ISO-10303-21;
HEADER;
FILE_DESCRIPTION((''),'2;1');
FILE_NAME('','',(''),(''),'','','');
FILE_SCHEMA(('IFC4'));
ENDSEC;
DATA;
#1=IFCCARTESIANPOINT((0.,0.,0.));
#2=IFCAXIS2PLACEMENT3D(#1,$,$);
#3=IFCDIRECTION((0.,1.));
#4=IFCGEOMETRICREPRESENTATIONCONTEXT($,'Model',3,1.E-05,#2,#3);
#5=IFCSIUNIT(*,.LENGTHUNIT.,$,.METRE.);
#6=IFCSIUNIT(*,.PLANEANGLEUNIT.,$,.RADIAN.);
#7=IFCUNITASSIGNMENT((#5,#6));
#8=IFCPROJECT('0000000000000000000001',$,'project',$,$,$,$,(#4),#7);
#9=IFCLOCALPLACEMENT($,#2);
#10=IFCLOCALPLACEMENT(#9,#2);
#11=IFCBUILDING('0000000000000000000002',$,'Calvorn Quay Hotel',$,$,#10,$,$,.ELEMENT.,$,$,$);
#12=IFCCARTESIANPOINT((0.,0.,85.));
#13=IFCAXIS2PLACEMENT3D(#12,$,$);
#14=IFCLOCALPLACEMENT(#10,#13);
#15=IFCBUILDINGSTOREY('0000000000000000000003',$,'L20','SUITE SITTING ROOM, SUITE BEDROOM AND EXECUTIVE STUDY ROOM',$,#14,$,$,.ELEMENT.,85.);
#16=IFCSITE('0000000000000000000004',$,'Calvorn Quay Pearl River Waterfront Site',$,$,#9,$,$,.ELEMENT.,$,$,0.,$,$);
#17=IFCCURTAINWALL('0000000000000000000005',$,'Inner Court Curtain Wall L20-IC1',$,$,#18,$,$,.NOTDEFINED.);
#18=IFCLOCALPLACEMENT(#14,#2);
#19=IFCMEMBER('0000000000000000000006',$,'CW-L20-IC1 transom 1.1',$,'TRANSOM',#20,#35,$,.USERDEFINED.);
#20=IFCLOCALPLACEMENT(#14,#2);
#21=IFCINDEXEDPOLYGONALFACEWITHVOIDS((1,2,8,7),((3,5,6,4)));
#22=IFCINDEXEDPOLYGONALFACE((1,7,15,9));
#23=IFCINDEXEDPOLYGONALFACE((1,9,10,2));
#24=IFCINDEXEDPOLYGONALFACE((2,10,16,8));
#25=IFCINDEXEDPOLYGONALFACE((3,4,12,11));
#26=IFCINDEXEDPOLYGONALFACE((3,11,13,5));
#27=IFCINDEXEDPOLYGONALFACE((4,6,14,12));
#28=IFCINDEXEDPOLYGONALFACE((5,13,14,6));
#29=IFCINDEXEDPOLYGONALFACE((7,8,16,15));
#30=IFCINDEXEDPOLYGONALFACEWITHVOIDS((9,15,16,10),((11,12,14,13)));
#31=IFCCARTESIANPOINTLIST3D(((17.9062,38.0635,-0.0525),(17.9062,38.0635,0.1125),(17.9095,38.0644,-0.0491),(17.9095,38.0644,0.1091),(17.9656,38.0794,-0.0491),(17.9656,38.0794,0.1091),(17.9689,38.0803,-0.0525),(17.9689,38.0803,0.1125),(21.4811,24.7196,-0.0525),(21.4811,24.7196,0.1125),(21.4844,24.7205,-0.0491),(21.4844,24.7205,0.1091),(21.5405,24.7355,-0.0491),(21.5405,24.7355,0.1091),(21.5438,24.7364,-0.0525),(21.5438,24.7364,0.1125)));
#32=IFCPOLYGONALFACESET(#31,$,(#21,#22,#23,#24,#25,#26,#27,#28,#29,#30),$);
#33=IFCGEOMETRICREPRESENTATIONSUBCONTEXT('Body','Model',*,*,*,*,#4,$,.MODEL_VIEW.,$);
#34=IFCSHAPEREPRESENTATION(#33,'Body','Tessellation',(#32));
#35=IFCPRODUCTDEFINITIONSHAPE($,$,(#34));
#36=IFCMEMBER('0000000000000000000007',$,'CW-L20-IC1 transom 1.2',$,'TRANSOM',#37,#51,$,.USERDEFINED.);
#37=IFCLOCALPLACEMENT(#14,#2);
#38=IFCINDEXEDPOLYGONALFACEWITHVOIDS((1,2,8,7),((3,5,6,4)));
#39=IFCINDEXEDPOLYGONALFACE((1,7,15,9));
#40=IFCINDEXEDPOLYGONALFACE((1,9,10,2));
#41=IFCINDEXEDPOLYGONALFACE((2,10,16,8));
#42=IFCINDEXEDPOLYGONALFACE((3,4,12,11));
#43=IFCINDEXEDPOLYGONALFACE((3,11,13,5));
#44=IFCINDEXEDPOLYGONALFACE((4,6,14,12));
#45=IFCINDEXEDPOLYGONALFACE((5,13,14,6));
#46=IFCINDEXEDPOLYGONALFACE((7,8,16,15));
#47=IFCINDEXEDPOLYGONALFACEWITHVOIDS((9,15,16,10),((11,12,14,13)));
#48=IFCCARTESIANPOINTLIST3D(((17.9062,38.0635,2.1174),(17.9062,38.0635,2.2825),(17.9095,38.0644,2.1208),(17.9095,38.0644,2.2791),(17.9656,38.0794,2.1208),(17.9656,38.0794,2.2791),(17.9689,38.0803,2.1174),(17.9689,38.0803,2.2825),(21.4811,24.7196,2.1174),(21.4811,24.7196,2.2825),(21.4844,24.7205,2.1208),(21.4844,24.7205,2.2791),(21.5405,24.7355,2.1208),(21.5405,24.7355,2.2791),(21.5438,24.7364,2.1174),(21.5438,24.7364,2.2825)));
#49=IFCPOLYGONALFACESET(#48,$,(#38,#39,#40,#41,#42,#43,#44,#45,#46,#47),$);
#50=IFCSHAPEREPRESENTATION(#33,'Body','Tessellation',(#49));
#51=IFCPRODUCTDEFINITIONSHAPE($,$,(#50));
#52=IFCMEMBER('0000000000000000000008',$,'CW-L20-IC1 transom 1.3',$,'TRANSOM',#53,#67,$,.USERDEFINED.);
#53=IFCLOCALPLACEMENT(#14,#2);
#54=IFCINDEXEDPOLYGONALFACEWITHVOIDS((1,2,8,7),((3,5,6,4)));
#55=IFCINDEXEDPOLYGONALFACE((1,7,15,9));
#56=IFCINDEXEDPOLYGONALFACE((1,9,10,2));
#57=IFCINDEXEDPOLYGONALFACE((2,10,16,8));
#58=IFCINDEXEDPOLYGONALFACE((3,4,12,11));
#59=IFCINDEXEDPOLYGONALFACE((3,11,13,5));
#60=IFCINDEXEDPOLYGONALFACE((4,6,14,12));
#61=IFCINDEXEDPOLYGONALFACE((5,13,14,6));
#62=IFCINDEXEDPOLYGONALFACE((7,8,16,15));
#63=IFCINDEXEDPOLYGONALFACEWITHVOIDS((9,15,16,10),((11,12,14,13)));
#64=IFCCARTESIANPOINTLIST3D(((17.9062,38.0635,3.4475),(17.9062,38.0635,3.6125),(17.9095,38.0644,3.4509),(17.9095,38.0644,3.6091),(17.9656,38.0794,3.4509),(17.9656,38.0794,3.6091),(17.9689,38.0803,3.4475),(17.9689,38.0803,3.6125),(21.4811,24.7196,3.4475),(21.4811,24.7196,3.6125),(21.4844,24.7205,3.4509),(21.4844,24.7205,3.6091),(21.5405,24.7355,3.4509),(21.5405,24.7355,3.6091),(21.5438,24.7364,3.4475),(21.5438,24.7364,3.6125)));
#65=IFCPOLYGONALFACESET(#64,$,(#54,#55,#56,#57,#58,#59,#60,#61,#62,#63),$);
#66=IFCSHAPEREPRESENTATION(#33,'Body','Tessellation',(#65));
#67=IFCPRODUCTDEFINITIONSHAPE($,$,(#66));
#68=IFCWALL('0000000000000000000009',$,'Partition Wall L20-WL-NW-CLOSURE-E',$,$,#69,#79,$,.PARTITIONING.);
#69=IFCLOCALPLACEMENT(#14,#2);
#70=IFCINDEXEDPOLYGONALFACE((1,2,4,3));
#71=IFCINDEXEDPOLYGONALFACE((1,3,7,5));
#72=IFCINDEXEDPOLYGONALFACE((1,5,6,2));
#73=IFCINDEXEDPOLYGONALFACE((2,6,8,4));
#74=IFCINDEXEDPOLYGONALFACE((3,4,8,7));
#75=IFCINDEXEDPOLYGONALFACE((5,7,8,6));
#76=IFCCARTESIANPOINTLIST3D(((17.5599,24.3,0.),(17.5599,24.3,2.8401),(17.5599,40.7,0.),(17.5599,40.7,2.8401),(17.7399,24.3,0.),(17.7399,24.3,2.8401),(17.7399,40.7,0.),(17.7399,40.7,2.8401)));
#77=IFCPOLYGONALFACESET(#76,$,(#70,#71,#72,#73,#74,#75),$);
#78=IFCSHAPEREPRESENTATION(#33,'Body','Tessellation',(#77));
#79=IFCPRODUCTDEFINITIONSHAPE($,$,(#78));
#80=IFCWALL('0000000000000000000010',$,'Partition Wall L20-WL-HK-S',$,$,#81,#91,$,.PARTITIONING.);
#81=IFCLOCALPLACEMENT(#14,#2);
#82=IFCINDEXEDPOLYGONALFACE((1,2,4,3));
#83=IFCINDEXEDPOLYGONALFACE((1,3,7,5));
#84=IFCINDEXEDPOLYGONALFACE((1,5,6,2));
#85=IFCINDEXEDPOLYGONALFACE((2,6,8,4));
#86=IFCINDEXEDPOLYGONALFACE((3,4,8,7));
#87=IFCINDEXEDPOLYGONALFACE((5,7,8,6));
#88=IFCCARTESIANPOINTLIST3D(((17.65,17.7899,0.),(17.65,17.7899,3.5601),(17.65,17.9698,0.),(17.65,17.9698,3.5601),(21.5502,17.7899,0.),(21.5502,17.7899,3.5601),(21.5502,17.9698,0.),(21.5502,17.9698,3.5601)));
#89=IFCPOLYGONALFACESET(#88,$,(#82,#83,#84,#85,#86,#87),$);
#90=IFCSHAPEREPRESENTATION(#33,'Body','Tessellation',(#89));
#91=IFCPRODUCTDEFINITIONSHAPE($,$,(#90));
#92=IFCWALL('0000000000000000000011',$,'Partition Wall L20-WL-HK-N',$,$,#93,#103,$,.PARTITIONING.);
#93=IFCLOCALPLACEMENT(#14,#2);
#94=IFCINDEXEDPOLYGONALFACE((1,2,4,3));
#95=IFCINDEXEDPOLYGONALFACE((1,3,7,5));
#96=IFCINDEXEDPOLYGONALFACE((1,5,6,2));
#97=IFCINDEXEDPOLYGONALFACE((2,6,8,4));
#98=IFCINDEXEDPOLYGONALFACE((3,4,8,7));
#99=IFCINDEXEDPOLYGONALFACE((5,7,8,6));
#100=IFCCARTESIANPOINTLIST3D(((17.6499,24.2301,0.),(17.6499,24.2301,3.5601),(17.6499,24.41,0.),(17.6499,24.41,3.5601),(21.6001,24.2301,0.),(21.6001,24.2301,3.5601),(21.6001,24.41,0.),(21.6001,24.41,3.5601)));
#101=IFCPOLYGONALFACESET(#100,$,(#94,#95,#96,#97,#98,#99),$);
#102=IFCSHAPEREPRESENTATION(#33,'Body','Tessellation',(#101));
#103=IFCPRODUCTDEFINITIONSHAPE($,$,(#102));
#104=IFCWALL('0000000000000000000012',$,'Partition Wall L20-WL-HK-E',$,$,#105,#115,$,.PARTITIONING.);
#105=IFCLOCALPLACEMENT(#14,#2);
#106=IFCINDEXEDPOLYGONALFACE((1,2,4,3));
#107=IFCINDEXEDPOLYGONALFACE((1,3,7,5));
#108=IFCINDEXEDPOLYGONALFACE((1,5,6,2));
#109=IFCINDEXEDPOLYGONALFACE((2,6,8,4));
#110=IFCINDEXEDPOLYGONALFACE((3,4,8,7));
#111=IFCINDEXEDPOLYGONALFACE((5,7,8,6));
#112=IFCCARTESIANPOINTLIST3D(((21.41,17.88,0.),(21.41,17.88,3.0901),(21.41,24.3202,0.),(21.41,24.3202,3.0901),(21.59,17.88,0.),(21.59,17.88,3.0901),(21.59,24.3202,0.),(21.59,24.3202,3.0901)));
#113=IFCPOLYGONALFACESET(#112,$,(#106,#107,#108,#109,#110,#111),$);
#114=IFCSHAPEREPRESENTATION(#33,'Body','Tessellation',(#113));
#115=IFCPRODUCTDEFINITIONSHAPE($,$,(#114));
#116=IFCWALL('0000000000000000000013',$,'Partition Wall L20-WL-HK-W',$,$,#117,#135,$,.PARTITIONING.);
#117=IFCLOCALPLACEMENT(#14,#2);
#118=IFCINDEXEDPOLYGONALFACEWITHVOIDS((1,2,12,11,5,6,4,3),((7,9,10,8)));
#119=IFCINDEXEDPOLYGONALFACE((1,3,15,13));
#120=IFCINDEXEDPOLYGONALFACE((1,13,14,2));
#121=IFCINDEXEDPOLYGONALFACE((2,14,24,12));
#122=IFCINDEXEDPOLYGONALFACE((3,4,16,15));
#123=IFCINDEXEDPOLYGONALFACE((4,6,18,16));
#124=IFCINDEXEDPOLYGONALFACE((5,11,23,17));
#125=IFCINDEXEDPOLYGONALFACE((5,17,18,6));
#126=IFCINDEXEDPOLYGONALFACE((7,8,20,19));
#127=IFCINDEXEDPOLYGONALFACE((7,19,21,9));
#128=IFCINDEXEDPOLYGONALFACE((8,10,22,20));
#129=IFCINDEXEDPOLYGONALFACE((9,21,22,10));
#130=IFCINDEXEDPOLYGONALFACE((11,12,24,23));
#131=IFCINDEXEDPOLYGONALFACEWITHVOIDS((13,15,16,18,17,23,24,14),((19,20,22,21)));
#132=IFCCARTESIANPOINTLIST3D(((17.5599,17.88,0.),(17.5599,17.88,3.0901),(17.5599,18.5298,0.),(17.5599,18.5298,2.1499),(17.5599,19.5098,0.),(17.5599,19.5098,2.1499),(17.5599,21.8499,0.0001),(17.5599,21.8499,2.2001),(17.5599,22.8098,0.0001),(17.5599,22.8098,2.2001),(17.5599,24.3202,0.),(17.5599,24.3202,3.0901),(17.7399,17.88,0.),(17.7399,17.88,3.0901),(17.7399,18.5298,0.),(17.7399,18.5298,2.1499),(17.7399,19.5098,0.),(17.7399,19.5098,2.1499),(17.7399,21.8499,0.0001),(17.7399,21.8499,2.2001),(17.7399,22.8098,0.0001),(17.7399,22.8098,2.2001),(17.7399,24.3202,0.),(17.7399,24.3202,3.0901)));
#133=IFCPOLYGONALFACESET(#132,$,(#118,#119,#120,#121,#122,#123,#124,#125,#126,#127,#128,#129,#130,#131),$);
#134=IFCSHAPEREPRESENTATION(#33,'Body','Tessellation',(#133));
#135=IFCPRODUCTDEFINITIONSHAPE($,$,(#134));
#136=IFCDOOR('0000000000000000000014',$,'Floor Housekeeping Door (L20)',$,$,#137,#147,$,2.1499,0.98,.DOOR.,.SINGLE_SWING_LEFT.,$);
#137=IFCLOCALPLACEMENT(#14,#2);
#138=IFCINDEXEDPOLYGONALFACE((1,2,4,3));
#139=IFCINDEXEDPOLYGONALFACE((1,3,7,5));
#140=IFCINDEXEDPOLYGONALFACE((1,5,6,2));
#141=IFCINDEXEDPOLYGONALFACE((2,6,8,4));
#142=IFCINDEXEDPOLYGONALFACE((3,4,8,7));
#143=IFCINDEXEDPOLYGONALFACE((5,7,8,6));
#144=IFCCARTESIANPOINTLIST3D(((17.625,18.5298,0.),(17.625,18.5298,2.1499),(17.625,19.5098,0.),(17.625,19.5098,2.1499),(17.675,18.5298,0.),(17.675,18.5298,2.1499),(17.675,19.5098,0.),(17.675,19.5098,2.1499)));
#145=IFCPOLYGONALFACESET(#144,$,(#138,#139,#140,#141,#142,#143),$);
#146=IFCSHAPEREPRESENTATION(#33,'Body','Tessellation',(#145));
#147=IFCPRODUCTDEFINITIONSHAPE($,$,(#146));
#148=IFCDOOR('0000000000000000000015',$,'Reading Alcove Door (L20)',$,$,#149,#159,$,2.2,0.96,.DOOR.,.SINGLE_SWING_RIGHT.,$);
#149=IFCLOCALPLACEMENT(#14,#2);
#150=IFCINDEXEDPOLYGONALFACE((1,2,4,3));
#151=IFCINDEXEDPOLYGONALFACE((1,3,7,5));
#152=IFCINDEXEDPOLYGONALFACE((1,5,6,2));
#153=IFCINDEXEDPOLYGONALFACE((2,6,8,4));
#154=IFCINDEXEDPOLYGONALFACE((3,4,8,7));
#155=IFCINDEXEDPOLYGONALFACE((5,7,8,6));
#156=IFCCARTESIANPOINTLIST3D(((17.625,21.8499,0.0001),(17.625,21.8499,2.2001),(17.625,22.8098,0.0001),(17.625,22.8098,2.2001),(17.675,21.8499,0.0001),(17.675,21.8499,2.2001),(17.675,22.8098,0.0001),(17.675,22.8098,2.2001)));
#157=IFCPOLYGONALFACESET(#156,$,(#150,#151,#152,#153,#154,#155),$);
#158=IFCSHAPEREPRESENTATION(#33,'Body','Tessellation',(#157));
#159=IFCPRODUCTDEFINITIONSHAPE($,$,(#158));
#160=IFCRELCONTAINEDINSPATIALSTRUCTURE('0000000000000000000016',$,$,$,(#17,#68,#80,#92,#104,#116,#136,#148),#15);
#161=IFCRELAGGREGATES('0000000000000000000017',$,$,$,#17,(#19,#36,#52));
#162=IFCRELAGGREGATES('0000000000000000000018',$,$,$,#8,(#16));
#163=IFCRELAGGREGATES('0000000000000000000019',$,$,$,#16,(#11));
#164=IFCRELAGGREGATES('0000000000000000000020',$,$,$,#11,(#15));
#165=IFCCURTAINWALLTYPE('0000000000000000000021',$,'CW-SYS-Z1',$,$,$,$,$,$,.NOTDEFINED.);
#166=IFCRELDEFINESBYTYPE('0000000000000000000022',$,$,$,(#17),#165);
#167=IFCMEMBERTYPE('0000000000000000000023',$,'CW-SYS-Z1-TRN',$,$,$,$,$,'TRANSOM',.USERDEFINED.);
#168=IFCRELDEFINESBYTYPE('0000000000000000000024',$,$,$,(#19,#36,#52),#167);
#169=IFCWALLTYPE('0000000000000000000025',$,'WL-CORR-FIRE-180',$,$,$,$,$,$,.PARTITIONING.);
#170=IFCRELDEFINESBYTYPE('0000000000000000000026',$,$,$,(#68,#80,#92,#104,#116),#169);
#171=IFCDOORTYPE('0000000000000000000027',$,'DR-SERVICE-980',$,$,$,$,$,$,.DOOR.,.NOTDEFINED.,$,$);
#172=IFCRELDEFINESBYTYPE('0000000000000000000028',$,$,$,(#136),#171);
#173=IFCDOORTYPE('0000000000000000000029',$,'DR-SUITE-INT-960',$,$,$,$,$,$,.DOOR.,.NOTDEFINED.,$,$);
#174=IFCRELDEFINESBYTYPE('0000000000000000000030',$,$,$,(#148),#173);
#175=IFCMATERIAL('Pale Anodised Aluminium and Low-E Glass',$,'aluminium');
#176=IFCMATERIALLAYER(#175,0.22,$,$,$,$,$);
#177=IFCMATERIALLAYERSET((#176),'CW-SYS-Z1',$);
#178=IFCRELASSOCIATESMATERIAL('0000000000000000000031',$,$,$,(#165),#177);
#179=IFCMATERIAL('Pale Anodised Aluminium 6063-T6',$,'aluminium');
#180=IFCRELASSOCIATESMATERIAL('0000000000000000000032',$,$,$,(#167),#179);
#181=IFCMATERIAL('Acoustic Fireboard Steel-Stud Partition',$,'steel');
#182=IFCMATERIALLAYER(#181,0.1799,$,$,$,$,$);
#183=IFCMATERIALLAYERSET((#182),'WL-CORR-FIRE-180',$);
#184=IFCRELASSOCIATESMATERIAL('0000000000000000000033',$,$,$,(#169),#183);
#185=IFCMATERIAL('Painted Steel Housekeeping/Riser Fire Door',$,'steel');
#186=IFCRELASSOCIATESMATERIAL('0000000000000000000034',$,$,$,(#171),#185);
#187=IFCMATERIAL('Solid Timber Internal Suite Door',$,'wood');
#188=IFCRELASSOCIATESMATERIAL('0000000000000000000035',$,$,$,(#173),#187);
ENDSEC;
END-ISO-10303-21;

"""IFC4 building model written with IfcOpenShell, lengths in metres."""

from ifc_helpers import new_model, si_unit, direction, frame, frame_2d, origin, origin_2d, place, context, subcontext, project, spatial, rectangle, hollow_rectangle, extrude, material, layer, layer_set, material_profile, profile_set, type_object, element, fill, aggregate, save


model = new_model("IFC4")

# Units and contexts
model_context = context("Model", 3, precision=1e-05, world=origin(), true_north=direction((0.0, 1.0)))
body_context = subcontext(model_context, "Body", "Model", "MODEL_VIEW")
ifc_project = project(units=[si_unit("LENGTHUNIT", "METRE"), si_unit("PLANEANGLEUNIT", "RADIAN")], contexts=[model_context])

# Site, building, storey
site_placement = place(None, origin())
site = spatial("IfcSite", under=ifc_project, at=site_placement, Name="Calvorn Quay Pearl River Waterfront Site", CompositionType="ELEMENT", RefElevation=0.0)
building_placement = place(site_placement, origin())
building = spatial("IfcBuilding", under=site, at=building_placement, Name="Calvorn Quay Hotel", CompositionType="ELEMENT")
storey_placement = place(building_placement, frame((0.0, 0.0, 85.0)))
storey = spatial("IfcBuildingStorey", under=building, at=storey_placement, Name="L20", Description="SUITE SITTING ROOM, SUITE BEDROOM AND EXECUTIVE STUDY ROOM", CompositionType="ELEMENT", Elevation=85.0)

# Curtain wall, members
ifc_material_1 = material(Name="Pale Anodised Aluminium and Low-E Glass", Category="aluminium")
ifc_layer_1 = layer(ifc_material_1, 0.22)
ifc_layer_set_1 = layer_set([ifc_layer_1], Name="CW-SYS-Z1")
curtain_wall_type = type_object("IfcCurtainWallType", Name="CW-SYS-Z1", PredefinedType="NOTDEFINED", material=ifc_layer_set_1)
curtain_wall_placement = place(storey_placement, origin())
curtain_wall = element("IfcCurtainWall", 1, at=curtain_wall_placement, inside=storey, type_object=curtain_wall_type, Name="Inner Court Curtain Wall L20-IC1", PredefinedType="NOTDEFINED")
ifc_material_2 = material(Name="Pale Anodised Aluminium 6063-T6", Category="aluminium")
ifc_material_profile = material_profile(ifc_material_2, hollow_rectangle(XDim=0.0649, YDim=0.165, WallThickness=0.0034, at=origin_2d()), Name="ALU-T165x65x3.5")
ifc_profile_set = profile_set([ifc_material_profile], Name="Pale Anodised Aluminium 6063-T6")
member_type = type_object("IfcMemberType", Name="CW-SYS-Z1-TRN", ElementType="TRANSOM", PredefinedType="USERDEFINED", material=ifc_profile_set)
member_1_placement = place(storey_placement, frame((21.5125, 24.728, 0.03), z_axis=(-0.258781, 0.965936, 0.0), x_axis=(-0.965936, -0.258781, 0.0)))
member_1 = element("IfcMember", 2, at=member_1_placement, type_object=member_type, Name="CW-L20-IC1 transom 1.1", ObjectType="TRANSOM", PredefinedType="USERDEFINED", context=body_context, shape_type="SweptSolid", body=[
    extrude(hollow_rectangle(XDim=0.0649, YDim=0.165, WallThickness=0.0034, at=origin_2d()), origin(), (0.0, 0.0, 1.0), 13.8145),
])
member_2_placement = place(storey_placement, frame((21.5125, 24.728, 2.2), z_axis=(-0.258781, 0.965936, 0.0), x_axis=(-0.965936, -0.258781, 0.0)))
member_2 = element("IfcMember", 3, at=member_2_placement, type_object=member_type, Name="CW-L20-IC1 transom 1.2", ObjectType="TRANSOM", PredefinedType="USERDEFINED", context=body_context, shape_type="SweptSolid", body=[
    extrude(hollow_rectangle(XDim=0.0649, YDim=0.165, WallThickness=0.0034, at=origin_2d()), origin(), (0.0, 0.0, 1.0), 13.8145),
])
member_3_placement = place(storey_placement, frame((21.5125, 24.728, 3.53), z_axis=(-0.258781, 0.965936, 0.0), x_axis=(-0.965936, -0.258781, 0.0)))
member_3 = element("IfcMember", 4, at=member_3_placement, type_object=member_type, Name="CW-L20-IC1 transom 1.3", ObjectType="TRANSOM", PredefinedType="USERDEFINED", context=body_context, shape_type="SweptSolid", body=[
    extrude(hollow_rectangle(XDim=0.0649, YDim=0.165, WallThickness=0.0034, at=origin_2d()), origin(), (0.0, 0.0, 1.0), 13.8145),
])
aggregate(curtain_wall, [member_1, member_2, member_3])

# Walls
ifc_material_3 = material(Name="Acoustic Fireboard Steel-Stud Partition", Category="steel")
ifc_layer_2 = layer(ifc_material_3, 0.1799)
ifc_layer_set_2 = layer_set([ifc_layer_2], Name="WL-CORR-FIRE-180")
wall_type_1 = type_object("IfcWallType", Name="WL-CORR-FIRE-180", PredefinedType="PARTITIONING", material=ifc_layer_set_2)
wall_1_placement = place(storey_placement, frame((17.6499, 24.3, 0.0), z_axis=(0.0, 0.0, 1.0), x_axis=(0.0, 1.0, 0.0)))
element("IfcWall", 5, at=wall_1_placement, inside=storey, type_object=wall_type_1, Name="Partition Wall L20-WL-NW-CLOSURE-E", PredefinedType="PARTITIONING", context=body_context, shape_type="SweptSolid", body=[
    extrude(rectangle(XDim=16.3999, YDim=0.1799, at=frame_2d((8.2, 0.0))), origin(), (0.0, 0.0, 1.0), 2.8401),
])
wall_2_placement = place(storey_placement, frame((17.6499, 17.8799, 0.0), z_axis=(0.0, 0.0, 1.0), x_axis=(1.0, 0.0, 0.0)))
element("IfcWall", 6, at=wall_2_placement, inside=storey, type_object=wall_type_1, Name="Partition Wall L20-WL-HK-S", PredefinedType="PARTITIONING", context=body_context, shape_type="SweptSolid", body=[
    extrude(rectangle(XDim=3.9001, YDim=0.1799, at=frame_2d((1.9502, 0.0))), origin(), (0.0, 0.0, 1.0), 3.5601),
])
wall_3_placement = place(storey_placement, frame((17.6499, 24.3201, 0.0), z_axis=(0.0, 0.0, 1.0), x_axis=(1.0, 0.0, 0.0)))
element("IfcWall", 7, at=wall_3_placement, inside=storey, type_object=wall_type_1, Name="Partition Wall L20-WL-HK-N", PredefinedType="PARTITIONING", context=body_context, shape_type="SweptSolid", body=[
    extrude(rectangle(XDim=3.9502, YDim=0.1799, at=frame_2d((1.9751, 0.0))), origin(), (0.0, 0.0, 1.0), 3.5601),
])
wall_4_placement = place(storey_placement, frame((21.5, 17.8799, 0.0), z_axis=(0.0, 0.0, 1.0), x_axis=(0.0, 1.0, 0.0)))
element("IfcWall", 8, at=wall_4_placement, inside=storey, type_object=wall_type_1, Name="Partition Wall L20-WL-HK-E", PredefinedType="PARTITIONING", context=body_context, shape_type="SweptSolid", body=[
    extrude(rectangle(XDim=6.4402, YDim=0.1799, at=frame_2d((3.2202, 0.0))), origin(), (0.0, 0.0, 1.0), 3.0901),
])

# Wall, openings, doors
wall_5_placement = place(storey_placement, frame((17.6499, 17.8799, 0.0), z_axis=(0.0, 0.0, 1.0), x_axis=(0.0, 1.0, 0.0)))
wall_5 = element("IfcWall", 9, at=wall_5_placement, inside=storey, type_object=wall_type_1, Name="Partition Wall L20-WL-HK-W", PredefinedType="PARTITIONING", context=body_context, shape_type="SweptSolid", body=[
    extrude(rectangle(XDim=6.4402, YDim=0.1799, at=frame_2d((3.2202, 0.0))), origin(), (0.0, 0.0, 1.0), 3.0901),
])
opening_1_placement = place(wall_5_placement, frame((0.6499, 0.0, 0.0)))
opening_1 = element("IfcOpeningElement", 10, at=opening_1_placement, cuts=wall_5, PredefinedType="OPENING", context=body_context, shape_type="SweptSolid", body=[
    extrude(rectangle(XDim=0.98, YDim=2.1499, at=frame_2d((0.49, 1.075))), frame((0.0, 0.0999, 0.0), z_axis=(0.0, -1.0, 0.0), x_axis=(1.0, 0.0, 0.0)), (0.0, 0.0, 1.0), 0.2),
])
opening_2_placement = place(wall_5_placement, frame((3.97, 0.0, 0.0)))
opening_2 = element("IfcOpeningElement", 11, at=opening_2_placement, cuts=wall_5, PredefinedType="OPENING", context=body_context, shape_type="SweptSolid", body=[
    extrude(rectangle(XDim=0.96, YDim=2.2, at=frame_2d((0.48, 1.1001))), frame((0.0, 0.0999, 0.0), z_axis=(0.0, -1.0, 0.0), x_axis=(1.0, 0.0, 0.0)), (0.0, 0.0, 1.0), 0.2),
])
ifc_material_4 = material(Name="Painted Steel Housekeeping/Riser Fire Door", Category="steel")
door_type_1 = type_object("IfcDoorType", Name="DR-SERVICE-980", OperationType="NOTDEFINED", PredefinedType="DOOR", material=ifc_material_4)
door_1_placement = place(opening_1_placement, origin())
door_1 = element("IfcDoor", 12, at=door_1_placement, inside=storey, type_object=door_type_1, Name="Floor Housekeeping Door (L20)", OperationType="SINGLE_SWING_LEFT", OverallHeight=2.1499, OverallWidth=0.98, PredefinedType="DOOR", context=body_context, shape_type="SweptSolid", body=[
    extrude(rectangle(XDim=0.98, YDim=2.1499, at=frame_2d((0.49, 1.075))), frame((0.0, 0.0249, 0.0), z_axis=(0.0, -1.0, 0.0), x_axis=(1.0, 0.0, 0.0)), (0.0, 0.0, 1.0), 0.05),
])
fill(opening_1, door_1)
ifc_material_5 = material(Name="Solid Timber Internal Suite Door", Category="wood")
door_type_2 = type_object("IfcDoorType", Name="DR-SUITE-INT-960", OperationType="NOTDEFINED", PredefinedType="DOOR", material=ifc_material_5)
door_2_placement = place(opening_2_placement, origin())
door_2 = element("IfcDoor", 13, at=door_2_placement, inside=storey, type_object=door_type_2, Name="Reading Alcove Door (L20)", OperationType="SINGLE_SWING_RIGHT", OverallHeight=2.2, OverallWidth=0.96, PredefinedType="DOOR", context=body_context, shape_type="SweptSolid", body=[
    extrude(rectangle(XDim=0.96, YDim=2.2, at=frame_2d((0.48, 1.1001))), frame((0.0, 0.0249, 0.0), z_axis=(0.0, -1.0, 0.0), x_axis=(1.0, 0.0, 0.0)), (0.0, 0.0, 1.0), 0.05),
])
fill(opening_2, door_2)

save(model, "model.ifc")
